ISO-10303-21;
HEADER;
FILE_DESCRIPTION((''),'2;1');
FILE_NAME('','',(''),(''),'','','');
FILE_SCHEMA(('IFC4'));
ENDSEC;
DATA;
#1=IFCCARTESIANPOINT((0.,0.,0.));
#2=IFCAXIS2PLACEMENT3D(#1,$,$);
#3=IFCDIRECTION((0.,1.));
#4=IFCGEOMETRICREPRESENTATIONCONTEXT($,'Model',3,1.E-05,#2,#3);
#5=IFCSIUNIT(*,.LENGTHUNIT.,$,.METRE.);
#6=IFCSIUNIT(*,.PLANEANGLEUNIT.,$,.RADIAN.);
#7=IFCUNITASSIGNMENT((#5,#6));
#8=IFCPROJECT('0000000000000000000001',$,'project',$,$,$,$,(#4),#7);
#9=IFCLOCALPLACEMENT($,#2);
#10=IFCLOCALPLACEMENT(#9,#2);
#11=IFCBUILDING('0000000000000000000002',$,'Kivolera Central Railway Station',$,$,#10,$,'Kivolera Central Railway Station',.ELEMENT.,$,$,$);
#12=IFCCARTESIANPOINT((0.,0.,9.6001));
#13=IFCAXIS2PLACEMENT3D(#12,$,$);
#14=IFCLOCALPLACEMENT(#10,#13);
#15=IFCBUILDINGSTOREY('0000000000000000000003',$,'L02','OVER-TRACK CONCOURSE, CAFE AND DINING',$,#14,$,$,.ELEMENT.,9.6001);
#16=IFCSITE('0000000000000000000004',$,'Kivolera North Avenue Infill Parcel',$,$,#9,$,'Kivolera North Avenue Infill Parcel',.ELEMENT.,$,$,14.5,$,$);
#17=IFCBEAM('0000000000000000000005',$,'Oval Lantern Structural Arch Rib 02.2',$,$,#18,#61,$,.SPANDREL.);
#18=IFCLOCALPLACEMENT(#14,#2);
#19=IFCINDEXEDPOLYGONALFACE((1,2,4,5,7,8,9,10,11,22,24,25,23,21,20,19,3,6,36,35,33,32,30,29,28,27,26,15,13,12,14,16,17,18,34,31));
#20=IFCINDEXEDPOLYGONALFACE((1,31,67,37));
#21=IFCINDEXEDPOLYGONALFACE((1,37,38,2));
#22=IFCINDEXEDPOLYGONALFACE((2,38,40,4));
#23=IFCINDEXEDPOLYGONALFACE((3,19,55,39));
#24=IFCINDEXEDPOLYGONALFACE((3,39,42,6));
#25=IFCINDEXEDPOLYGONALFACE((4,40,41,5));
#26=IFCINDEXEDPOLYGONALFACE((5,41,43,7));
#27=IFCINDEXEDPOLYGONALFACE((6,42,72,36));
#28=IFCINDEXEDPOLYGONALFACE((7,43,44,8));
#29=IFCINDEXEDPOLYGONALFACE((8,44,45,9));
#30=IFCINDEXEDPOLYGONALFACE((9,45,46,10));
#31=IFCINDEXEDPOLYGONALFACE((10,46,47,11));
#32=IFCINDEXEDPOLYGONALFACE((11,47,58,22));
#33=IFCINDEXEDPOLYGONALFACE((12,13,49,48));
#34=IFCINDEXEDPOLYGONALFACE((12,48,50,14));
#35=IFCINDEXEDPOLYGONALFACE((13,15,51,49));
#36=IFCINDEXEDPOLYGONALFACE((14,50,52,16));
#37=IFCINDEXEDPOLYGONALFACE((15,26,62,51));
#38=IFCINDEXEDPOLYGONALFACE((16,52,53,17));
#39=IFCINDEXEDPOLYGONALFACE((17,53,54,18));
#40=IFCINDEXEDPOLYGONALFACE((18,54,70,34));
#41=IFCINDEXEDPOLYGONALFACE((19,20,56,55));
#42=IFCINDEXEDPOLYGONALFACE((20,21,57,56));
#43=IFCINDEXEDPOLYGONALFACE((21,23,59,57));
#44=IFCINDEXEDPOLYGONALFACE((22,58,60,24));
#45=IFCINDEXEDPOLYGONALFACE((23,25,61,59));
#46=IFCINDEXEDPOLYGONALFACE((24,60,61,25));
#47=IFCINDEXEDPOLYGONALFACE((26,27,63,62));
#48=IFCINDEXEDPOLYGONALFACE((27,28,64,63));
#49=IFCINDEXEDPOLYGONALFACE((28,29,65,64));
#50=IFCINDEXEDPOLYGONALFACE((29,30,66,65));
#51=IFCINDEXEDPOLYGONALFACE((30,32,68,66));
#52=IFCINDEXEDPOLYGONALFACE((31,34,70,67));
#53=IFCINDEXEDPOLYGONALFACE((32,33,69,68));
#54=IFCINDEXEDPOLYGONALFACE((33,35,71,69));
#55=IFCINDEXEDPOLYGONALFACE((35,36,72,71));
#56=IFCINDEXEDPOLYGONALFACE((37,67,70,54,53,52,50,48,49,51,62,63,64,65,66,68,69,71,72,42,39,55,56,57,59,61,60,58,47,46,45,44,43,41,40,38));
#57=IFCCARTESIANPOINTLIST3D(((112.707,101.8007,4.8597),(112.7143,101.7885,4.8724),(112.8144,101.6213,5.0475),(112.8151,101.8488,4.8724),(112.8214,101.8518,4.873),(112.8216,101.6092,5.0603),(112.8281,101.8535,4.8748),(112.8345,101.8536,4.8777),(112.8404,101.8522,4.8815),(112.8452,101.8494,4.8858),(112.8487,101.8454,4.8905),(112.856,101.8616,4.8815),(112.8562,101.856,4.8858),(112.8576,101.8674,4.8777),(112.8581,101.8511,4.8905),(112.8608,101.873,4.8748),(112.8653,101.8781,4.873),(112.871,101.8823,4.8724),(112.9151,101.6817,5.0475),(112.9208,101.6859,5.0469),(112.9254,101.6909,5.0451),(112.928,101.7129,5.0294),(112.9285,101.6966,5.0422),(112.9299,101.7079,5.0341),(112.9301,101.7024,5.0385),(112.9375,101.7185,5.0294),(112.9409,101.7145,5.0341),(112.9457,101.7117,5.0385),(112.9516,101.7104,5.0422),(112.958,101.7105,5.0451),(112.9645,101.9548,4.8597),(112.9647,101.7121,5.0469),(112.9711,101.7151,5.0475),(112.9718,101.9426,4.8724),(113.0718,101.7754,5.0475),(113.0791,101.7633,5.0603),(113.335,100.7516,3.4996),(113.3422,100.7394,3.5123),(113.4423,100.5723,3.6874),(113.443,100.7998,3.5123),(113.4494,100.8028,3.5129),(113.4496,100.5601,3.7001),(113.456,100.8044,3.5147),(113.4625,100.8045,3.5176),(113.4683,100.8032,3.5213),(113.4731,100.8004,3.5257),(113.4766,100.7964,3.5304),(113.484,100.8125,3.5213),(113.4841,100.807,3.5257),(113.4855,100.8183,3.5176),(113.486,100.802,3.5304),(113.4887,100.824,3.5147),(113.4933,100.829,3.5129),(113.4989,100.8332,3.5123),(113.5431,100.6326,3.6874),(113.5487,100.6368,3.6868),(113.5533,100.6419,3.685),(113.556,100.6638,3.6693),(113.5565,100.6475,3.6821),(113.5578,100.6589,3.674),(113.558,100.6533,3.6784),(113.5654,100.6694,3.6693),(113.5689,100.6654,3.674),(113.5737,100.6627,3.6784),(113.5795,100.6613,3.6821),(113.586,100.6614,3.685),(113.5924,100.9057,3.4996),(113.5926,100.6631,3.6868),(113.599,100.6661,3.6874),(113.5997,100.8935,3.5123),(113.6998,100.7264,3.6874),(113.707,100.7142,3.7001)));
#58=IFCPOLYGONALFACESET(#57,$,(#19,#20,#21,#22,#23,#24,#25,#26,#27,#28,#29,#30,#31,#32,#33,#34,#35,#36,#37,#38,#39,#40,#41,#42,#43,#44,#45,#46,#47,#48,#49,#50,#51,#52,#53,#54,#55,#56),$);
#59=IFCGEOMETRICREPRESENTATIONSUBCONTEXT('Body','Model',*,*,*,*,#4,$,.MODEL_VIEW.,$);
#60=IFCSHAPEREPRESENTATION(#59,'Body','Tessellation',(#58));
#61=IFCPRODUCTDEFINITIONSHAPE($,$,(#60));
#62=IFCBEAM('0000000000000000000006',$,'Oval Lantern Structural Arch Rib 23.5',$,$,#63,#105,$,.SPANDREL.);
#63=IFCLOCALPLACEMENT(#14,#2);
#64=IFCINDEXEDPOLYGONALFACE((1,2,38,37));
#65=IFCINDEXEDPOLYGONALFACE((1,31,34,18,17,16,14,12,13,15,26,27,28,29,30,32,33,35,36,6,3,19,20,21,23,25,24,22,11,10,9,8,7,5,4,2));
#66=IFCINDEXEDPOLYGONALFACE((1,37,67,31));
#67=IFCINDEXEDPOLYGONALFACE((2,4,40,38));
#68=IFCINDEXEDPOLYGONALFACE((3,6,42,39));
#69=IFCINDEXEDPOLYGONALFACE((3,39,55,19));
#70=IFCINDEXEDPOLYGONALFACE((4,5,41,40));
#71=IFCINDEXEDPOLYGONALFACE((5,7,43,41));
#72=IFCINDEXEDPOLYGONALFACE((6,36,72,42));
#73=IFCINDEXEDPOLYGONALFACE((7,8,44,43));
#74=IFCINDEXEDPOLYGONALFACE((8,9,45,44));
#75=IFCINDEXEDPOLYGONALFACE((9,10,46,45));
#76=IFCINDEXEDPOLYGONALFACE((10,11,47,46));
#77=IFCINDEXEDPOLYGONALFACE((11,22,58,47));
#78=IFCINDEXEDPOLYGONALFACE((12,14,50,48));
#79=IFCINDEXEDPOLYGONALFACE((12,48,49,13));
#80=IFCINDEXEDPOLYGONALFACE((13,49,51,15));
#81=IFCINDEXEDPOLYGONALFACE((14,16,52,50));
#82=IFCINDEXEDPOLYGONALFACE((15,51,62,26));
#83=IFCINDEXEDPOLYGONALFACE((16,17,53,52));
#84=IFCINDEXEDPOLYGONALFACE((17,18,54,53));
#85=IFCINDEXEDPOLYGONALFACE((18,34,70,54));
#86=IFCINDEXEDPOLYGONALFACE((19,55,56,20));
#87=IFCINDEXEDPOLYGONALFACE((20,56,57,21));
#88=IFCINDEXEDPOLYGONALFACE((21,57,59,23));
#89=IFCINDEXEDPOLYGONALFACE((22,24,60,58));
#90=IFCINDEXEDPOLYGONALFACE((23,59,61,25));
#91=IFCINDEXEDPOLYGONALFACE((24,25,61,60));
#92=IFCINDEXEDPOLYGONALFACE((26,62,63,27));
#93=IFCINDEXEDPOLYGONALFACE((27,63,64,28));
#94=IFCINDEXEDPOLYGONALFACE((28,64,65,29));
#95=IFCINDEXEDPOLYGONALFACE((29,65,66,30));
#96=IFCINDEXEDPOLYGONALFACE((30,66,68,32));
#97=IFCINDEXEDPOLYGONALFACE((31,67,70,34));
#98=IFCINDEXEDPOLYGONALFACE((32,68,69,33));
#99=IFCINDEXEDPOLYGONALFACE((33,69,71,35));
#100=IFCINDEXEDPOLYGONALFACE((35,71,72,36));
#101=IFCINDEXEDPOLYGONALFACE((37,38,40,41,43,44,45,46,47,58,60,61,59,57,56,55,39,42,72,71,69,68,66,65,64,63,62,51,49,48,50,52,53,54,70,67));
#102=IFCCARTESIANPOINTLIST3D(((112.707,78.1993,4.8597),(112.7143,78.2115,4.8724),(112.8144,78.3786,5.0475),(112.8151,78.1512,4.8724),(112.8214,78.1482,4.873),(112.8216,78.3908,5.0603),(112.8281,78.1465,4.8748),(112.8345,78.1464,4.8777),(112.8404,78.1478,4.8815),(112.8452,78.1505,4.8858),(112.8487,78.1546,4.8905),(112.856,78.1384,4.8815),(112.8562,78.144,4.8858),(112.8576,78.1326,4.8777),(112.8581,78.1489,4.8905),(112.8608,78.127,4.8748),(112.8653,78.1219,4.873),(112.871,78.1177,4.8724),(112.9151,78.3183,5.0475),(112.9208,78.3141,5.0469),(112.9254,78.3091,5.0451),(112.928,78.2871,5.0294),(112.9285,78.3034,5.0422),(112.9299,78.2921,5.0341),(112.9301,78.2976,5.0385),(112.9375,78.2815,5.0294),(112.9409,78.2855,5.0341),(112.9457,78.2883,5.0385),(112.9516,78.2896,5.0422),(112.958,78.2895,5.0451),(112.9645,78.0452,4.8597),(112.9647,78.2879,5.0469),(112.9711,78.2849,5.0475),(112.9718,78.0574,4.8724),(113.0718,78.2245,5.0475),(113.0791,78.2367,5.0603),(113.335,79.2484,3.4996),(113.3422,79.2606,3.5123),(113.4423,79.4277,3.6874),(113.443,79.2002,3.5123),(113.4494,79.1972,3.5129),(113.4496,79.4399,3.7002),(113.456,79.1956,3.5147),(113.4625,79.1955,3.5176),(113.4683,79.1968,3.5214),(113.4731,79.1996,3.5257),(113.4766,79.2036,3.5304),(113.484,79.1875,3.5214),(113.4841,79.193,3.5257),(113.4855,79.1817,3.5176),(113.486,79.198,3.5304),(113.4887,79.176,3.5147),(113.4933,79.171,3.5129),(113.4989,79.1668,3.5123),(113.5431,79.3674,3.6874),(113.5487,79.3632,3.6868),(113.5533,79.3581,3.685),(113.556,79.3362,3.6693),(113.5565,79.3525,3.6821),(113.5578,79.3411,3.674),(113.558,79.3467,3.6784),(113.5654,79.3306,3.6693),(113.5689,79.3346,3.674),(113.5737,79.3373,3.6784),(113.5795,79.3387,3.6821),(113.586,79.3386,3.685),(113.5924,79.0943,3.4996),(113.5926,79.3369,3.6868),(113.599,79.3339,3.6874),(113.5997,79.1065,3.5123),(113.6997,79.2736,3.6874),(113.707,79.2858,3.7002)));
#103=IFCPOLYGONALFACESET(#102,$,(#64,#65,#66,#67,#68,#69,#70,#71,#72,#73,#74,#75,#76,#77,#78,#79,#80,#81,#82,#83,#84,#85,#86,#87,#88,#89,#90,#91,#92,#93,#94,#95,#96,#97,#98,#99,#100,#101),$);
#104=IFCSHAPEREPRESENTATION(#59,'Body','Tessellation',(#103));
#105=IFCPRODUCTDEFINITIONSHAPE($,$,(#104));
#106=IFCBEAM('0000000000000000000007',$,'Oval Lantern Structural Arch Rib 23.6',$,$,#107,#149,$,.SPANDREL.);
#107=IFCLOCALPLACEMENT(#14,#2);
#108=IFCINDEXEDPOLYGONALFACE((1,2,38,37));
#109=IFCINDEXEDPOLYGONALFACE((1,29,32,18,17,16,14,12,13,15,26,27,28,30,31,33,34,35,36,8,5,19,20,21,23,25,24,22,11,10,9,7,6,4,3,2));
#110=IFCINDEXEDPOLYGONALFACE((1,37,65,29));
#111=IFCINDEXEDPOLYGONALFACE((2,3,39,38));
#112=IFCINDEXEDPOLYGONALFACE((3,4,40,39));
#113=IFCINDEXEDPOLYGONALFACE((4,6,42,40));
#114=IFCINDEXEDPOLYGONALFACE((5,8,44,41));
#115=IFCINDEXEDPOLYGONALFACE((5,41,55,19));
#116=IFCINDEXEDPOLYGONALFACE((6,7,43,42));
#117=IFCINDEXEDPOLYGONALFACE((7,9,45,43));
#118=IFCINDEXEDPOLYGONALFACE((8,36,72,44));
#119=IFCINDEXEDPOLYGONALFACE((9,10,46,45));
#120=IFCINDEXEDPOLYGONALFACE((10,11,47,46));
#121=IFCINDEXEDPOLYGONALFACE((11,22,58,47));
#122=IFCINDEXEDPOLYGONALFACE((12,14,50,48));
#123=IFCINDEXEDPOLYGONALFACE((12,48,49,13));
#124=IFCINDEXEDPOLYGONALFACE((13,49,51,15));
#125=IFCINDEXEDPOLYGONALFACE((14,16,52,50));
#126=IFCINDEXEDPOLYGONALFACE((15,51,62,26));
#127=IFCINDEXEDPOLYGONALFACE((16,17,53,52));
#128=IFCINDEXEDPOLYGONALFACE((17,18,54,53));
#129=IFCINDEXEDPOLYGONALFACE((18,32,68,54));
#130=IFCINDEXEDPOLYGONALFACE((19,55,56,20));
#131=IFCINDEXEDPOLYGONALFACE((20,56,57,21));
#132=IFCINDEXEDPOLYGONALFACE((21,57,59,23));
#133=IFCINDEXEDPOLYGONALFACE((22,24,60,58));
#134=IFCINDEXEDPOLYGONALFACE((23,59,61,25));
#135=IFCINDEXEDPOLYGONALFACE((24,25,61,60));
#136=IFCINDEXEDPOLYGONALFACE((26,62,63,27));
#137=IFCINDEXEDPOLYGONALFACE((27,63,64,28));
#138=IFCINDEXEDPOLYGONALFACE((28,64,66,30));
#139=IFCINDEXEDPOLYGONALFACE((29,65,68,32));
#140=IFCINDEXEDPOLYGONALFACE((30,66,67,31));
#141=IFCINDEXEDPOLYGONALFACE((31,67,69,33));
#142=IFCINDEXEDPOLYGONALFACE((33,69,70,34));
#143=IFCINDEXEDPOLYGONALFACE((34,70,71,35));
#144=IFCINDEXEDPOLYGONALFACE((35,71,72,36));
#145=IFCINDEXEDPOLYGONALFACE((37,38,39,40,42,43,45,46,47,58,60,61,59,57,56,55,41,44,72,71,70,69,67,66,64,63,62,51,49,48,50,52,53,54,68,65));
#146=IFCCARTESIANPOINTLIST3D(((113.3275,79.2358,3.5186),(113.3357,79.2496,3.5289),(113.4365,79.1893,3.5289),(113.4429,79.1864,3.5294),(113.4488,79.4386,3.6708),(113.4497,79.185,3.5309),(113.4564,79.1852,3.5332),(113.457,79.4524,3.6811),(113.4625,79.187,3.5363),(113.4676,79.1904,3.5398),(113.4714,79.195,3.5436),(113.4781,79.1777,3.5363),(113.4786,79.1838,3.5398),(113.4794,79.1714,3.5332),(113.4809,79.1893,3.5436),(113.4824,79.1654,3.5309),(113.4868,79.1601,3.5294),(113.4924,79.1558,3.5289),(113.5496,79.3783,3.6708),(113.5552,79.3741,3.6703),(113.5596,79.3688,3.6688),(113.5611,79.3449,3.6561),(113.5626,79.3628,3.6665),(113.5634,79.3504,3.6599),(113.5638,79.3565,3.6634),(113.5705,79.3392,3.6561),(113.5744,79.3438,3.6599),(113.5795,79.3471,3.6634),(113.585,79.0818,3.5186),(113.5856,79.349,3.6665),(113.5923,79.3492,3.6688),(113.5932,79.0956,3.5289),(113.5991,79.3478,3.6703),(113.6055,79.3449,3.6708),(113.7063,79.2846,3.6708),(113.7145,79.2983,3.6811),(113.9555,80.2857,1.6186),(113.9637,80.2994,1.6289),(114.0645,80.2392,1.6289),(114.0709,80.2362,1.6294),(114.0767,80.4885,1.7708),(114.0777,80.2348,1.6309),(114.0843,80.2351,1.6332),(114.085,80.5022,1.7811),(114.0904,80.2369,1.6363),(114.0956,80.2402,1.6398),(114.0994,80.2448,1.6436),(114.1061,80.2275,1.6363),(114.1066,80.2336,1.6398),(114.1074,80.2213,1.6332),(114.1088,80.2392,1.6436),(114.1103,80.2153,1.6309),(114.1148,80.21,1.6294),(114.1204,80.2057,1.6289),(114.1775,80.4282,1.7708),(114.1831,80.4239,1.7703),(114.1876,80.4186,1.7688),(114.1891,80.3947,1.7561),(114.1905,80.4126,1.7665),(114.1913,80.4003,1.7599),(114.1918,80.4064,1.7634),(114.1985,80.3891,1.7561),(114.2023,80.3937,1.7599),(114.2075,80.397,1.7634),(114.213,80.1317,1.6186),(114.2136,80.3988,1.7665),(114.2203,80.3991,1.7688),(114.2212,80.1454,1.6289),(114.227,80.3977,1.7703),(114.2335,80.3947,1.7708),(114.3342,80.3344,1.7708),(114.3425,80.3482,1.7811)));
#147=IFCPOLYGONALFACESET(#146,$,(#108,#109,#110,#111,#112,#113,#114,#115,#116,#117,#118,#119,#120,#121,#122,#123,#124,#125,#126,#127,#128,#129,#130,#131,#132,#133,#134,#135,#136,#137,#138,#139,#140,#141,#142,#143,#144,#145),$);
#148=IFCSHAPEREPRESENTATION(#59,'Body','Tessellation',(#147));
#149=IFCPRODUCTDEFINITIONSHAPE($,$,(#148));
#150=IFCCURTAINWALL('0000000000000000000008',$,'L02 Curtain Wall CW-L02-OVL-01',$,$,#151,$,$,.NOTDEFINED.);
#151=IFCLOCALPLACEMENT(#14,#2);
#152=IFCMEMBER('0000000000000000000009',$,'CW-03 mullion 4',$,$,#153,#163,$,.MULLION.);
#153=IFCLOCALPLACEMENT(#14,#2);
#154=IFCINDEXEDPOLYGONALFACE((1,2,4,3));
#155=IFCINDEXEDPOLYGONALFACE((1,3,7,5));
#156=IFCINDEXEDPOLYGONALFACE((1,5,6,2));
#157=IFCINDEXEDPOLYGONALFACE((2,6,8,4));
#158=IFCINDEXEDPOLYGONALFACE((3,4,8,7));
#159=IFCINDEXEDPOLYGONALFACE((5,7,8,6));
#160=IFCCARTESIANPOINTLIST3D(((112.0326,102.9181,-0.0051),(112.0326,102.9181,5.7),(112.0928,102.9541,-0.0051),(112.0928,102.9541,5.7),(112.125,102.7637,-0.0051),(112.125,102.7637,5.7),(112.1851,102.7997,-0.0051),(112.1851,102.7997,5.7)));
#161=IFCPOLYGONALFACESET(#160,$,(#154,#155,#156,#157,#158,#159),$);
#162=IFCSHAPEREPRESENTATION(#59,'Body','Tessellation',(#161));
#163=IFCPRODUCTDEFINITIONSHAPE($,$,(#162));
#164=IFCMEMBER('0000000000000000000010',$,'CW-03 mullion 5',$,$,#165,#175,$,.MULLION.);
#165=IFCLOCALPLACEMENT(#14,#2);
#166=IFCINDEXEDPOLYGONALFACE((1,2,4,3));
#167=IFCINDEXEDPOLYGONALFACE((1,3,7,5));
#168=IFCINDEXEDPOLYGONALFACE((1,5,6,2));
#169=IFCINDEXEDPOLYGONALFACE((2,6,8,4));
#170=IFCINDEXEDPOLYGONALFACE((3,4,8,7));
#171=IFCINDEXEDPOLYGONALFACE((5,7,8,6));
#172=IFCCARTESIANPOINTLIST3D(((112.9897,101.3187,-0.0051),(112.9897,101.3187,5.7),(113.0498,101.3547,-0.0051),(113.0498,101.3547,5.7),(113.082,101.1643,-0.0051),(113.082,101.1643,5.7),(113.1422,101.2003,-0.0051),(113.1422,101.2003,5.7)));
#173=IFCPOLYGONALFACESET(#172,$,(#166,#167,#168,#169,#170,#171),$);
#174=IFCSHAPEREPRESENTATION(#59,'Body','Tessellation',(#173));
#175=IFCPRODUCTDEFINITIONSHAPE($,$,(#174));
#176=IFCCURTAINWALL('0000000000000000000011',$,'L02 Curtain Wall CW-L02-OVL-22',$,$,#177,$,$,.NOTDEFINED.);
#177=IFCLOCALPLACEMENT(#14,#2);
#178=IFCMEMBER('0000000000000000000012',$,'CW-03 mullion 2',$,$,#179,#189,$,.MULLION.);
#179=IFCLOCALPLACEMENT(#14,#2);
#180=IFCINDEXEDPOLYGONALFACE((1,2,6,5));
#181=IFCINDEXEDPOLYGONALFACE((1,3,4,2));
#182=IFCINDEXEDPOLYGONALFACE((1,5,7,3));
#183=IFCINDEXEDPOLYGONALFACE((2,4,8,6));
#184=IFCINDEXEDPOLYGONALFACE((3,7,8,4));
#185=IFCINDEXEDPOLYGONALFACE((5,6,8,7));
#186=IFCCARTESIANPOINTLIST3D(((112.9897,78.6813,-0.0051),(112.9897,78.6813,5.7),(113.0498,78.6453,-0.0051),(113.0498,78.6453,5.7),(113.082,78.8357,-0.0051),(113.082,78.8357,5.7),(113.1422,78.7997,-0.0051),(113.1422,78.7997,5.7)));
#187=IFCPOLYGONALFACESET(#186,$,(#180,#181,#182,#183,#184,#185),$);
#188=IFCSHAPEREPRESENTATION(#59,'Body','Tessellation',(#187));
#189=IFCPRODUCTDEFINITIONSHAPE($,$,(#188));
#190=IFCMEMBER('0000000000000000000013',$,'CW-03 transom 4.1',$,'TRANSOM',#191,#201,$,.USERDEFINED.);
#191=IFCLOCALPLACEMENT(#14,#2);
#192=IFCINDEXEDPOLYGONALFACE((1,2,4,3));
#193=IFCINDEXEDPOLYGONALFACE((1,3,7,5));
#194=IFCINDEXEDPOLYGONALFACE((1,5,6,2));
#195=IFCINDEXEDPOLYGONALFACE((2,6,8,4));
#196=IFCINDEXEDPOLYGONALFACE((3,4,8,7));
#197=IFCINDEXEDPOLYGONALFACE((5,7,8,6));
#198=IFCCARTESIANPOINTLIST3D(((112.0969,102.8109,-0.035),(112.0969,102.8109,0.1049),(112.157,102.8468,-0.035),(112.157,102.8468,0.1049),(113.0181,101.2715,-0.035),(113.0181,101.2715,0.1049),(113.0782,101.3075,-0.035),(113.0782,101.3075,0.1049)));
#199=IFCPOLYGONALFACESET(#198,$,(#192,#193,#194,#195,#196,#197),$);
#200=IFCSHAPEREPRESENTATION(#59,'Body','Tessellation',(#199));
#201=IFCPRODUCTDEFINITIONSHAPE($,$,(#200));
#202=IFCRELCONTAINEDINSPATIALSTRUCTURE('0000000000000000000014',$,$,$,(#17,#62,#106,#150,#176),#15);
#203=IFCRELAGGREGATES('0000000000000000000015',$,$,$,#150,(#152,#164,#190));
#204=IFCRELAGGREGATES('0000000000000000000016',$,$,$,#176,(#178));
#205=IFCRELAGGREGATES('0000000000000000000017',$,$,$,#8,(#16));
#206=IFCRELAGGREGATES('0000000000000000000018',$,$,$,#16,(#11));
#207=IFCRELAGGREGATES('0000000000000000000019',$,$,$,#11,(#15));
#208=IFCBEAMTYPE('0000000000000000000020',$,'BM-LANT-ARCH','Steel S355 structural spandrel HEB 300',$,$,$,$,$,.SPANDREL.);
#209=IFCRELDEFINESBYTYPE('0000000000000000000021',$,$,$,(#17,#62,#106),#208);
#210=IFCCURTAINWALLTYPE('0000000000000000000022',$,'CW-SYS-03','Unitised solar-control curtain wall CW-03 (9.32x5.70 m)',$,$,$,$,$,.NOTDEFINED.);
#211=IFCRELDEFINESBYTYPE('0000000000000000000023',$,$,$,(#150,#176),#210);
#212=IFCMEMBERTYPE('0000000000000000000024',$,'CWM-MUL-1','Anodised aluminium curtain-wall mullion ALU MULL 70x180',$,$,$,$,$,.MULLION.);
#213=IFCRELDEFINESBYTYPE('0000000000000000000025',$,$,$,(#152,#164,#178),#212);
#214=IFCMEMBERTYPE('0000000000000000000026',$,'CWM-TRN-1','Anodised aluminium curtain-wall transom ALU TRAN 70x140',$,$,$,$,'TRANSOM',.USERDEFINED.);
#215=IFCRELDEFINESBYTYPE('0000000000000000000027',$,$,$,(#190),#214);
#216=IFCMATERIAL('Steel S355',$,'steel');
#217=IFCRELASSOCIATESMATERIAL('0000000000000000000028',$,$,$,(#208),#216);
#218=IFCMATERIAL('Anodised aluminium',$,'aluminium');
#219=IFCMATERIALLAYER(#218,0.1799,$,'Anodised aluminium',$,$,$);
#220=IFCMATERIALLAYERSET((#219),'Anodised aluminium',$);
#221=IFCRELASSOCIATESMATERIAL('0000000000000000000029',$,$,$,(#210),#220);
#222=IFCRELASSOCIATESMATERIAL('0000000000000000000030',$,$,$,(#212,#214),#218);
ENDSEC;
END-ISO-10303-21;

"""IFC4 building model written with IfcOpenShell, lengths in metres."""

from ifc_helpers import new_model, si_unit, direction, frame, origin, origin_2d, place, context, subcontext, project, spatial, rectangle, i_section, extrude, material, layer, layer_set, material_profile, profile_set, type_object, element, aggregate, save


model = new_model("IFC4")

# Units and contexts
model_context = context("Model", 3, precision=1e-05, world=origin(), true_north=direction((0.0, 1.0)))
body_context = subcontext(model_context, "Body", "Model", "MODEL_VIEW")
ifc_project = project(units=[si_unit("LENGTHUNIT", "METRE"), si_unit("PLANEANGLEUNIT", "RADIAN")], contexts=[model_context])

# Site, building, storey
site_placement = place(None, origin())
site = spatial("IfcSite", under=ifc_project, at=site_placement, Name="Kivolera North Avenue Infill Parcel", LongName="Kivolera North Avenue Infill Parcel", CompositionType="ELEMENT", RefElevation=14.5)
building_placement = place(site_placement, origin())
building = spatial("IfcBuilding", under=site, at=building_placement, Name="Kivolera Central Railway Station", LongName="Kivolera Central Railway Station", CompositionType="ELEMENT")
storey_placement = place(building_placement, frame((0.0, 0.0, 9.6001)))
storey = spatial("IfcBuildingStorey", under=building, at=storey_placement, Name="L02", Description="OVER-TRACK CONCOURSE, CAFE AND DINING", CompositionType="ELEMENT", Elevation=9.6001)

# Beams
ifc_material_1 = material(Name="Steel S355", Category="steel")
ifc_material_profile_1 = material_profile(ifc_material_1, i_section(OverallWidth=0.3, OverallDepth=0.3, WebThickness=0.011, FlangeThickness=0.019, FilletRadius=0.0271, at=origin_2d()), Name="HEB 300")
ifc_profile_set_1 = profile_set([ifc_material_profile_1], Name="Steel S355")
beam_type = type_object("IfcBeamType", Name="BM-LANT-ARCH", Description="Steel S355 structural spandrel HEB 300", PredefinedType="SPANDREL", material=ifc_profile_set_1)
for number, where, z_axis, x_axis, name in (
    (1, (113.521, 100.7329, 3.5999), (-0.343344, 0.57362, 0.74369), (-0.858039, -0.513585, 0.0), "Oval Lantern Structural Arch Rib 02.2"),
    (2, (112.8931, 78.218, 4.96), (0.343344, 0.57362, -0.74369), (-0.858039, 0.513585, 0.0), "Oval Lantern Structural Arch Rib 23.5"),
):
    element("IfcBeam", number, at=place(storey_placement, frame(where, z_axis=z_axis, x_axis=x_axis)), inside=storey, type_object=beam_type, Name=name, PredefinedType="SPANDREL", context=body_context, shape_type="SweptSolid", body=[
        extrude(i_section(OverallWidth=0.3, OverallDepth=0.3, WebThickness=0.011, FlangeThickness=0.019, FilletRadius=0.0271, at=origin_2d()), origin(), (0.0, 0.0, 1.0), 1.8289),
    ])
beam_placement = place(storey_placement, frame((113.521, 79.2671, 3.5999), z_axis=(0.277888, 0.464587, -0.840795), x_axis=(-0.858197, 0.513321, 0.0)))
element("IfcBeam", 3, at=beam_placement, inside=storey, type_object=beam_type, Name="Oval Lantern Structural Arch Rib 23.6", PredefinedType="SPANDREL", context=body_context, shape_type="SweptSolid", body=[
    extrude(i_section(OverallWidth=0.3, OverallDepth=0.3, WebThickness=0.011, FlangeThickness=0.019, FilletRadius=0.0271, at=origin_2d()), origin(), (0.0, 0.0, 1.0), 2.2598),
])

# Curtain wall, members
ifc_material_2 = material(Name="Anodised aluminium", Category="aluminium")
ifc_layer_1 = layer(ifc_material_2, 0.1799, Name="Anodised aluminium")
ifc_layer_set_1 = layer_set([ifc_layer_1], Name="Anodised aluminium")
curtain_wall_type = type_object("IfcCurtainWallType", Name="CW-SYS-03", Description="Unitised solar-control curtain wall CW-03 (9.32x5.70 m)", PredefinedType="NOTDEFINED", material=ifc_layer_set_1)
curtain_wall_1_placement = place(storey_placement, origin())
curtain_wall_1 = element("IfcCurtainWall", 4, at=curtain_wall_1_placement, inside=storey, type_object=curtain_wall_type, Name="L02 Curtain Wall CW-L02-OVL-01", PredefinedType="NOTDEFINED")
ifc_material_profile_2 = material_profile(ifc_material_2, rectangle(XDim=0.0701, YDim=0.1799, at=origin_2d()), Name="ALU MULL 70x180")
ifc_profile_set_2 = profile_set([ifc_material_profile_2], Name="Anodised aluminium")
member_type_1 = type_object("IfcMemberType", Name="CWM-MUL-1", Description="Anodised aluminium curtain-wall mullion ALU MULL 70x180", PredefinedType="MULLION", material=ifc_profile_set_2)
member_1_placement = place(storey_placement, frame((112.1089, 102.8589, -0.0051), z_axis=(0.0, 0.0, 1.0), x_axis=(0.858117, 0.513454, 0.0)))
member_1 = element("IfcMember", 5, at=member_1_placement, type_object=member_type_1, Name="CW-03 mullion 4", PredefinedType="MULLION", context=body_context, shape_type="SweptSolid", body=[
    extrude(rectangle(XDim=0.0701, YDim=0.1799, at=origin_2d()), origin(), (0.0, 0.0, 1.0), 5.7051),
])
member_2_placement = place(storey_placement, frame((113.0659, 101.2595, -0.0051), z_axis=(0.0, 0.0, 1.0), x_axis=(0.858117, 0.513454, 0.0)))
member_2 = element("IfcMember", 6, at=member_2_placement, type_object=member_type_1, Name="CW-03 mullion 5", PredefinedType="MULLION", context=body_context, shape_type="SweptSolid", body=[
    extrude(rectangle(XDim=0.0701, YDim=0.1799, at=origin_2d()), origin(), (0.0, 0.0, 1.0), 5.7051),
])

# Curtain wall, member
curtain_wall_2_placement = place(storey_placement, origin())
curtain_wall_2 = element("IfcCurtainWall", 7, at=curtain_wall_2_placement, inside=storey, type_object=curtain_wall_type, Name="L02 Curtain Wall CW-L02-OVL-22", PredefinedType="NOTDEFINED")
member_3_placement = place(storey_placement, frame((113.0659, 78.7405, -0.0051), z_axis=(0.0, 0.0, 1.0), x_axis=(0.858117, -0.513454, 0.0)))
member_3 = element("IfcMember", 8, at=member_3_placement, type_object=member_type_1, Name="CW-03 mullion 2", PredefinedType="MULLION", context=body_context, shape_type="SweptSolid", body=[
    extrude(rectangle(XDim=0.0701, YDim=0.1799, at=origin_2d()), origin(), (0.0, 0.0, 1.0), 5.7051),
])

# Member
ifc_material_profile_3 = material_profile(ifc_material_2, rectangle(XDim=0.0701, YDim=0.1399, at=origin_2d()), Name="ALU TRAN 70x140")
ifc_profile_set_3 = profile_set([ifc_material_profile_3], Name="Anodised aluminium")
member_type_2 = type_object("IfcMemberType", Name="CWM-TRN-1", Description="Anodised aluminium curtain-wall transom ALU TRAN 70x140", ElementType="TRANSOM", PredefinedType="USERDEFINED", material=ifc_profile_set_3)
member_4_placement = place(storey_placement, frame((112.127, 102.8289, 0.0349), z_axis=(0.513495, -0.858093, 0.0), x_axis=(0.858093, 0.513495, 0.0)))
member_4 = element("IfcMember", 9, at=member_4_placement, type_object=member_type_2, Name="CW-03 transom 4.1", ObjectType="TRANSOM", PredefinedType="USERDEFINED", context=body_context, shape_type="SweptSolid", body=[
    extrude(rectangle(XDim=0.0701, YDim=0.1399, at=origin_2d()), origin(), (0.0, 0.0, 1.0), 1.7939),
])

aggregate(curtain_wall_1, [member_1, member_2, member_4])
aggregate(curtain_wall_2, [member_3])

save(model, "model.ifc")
